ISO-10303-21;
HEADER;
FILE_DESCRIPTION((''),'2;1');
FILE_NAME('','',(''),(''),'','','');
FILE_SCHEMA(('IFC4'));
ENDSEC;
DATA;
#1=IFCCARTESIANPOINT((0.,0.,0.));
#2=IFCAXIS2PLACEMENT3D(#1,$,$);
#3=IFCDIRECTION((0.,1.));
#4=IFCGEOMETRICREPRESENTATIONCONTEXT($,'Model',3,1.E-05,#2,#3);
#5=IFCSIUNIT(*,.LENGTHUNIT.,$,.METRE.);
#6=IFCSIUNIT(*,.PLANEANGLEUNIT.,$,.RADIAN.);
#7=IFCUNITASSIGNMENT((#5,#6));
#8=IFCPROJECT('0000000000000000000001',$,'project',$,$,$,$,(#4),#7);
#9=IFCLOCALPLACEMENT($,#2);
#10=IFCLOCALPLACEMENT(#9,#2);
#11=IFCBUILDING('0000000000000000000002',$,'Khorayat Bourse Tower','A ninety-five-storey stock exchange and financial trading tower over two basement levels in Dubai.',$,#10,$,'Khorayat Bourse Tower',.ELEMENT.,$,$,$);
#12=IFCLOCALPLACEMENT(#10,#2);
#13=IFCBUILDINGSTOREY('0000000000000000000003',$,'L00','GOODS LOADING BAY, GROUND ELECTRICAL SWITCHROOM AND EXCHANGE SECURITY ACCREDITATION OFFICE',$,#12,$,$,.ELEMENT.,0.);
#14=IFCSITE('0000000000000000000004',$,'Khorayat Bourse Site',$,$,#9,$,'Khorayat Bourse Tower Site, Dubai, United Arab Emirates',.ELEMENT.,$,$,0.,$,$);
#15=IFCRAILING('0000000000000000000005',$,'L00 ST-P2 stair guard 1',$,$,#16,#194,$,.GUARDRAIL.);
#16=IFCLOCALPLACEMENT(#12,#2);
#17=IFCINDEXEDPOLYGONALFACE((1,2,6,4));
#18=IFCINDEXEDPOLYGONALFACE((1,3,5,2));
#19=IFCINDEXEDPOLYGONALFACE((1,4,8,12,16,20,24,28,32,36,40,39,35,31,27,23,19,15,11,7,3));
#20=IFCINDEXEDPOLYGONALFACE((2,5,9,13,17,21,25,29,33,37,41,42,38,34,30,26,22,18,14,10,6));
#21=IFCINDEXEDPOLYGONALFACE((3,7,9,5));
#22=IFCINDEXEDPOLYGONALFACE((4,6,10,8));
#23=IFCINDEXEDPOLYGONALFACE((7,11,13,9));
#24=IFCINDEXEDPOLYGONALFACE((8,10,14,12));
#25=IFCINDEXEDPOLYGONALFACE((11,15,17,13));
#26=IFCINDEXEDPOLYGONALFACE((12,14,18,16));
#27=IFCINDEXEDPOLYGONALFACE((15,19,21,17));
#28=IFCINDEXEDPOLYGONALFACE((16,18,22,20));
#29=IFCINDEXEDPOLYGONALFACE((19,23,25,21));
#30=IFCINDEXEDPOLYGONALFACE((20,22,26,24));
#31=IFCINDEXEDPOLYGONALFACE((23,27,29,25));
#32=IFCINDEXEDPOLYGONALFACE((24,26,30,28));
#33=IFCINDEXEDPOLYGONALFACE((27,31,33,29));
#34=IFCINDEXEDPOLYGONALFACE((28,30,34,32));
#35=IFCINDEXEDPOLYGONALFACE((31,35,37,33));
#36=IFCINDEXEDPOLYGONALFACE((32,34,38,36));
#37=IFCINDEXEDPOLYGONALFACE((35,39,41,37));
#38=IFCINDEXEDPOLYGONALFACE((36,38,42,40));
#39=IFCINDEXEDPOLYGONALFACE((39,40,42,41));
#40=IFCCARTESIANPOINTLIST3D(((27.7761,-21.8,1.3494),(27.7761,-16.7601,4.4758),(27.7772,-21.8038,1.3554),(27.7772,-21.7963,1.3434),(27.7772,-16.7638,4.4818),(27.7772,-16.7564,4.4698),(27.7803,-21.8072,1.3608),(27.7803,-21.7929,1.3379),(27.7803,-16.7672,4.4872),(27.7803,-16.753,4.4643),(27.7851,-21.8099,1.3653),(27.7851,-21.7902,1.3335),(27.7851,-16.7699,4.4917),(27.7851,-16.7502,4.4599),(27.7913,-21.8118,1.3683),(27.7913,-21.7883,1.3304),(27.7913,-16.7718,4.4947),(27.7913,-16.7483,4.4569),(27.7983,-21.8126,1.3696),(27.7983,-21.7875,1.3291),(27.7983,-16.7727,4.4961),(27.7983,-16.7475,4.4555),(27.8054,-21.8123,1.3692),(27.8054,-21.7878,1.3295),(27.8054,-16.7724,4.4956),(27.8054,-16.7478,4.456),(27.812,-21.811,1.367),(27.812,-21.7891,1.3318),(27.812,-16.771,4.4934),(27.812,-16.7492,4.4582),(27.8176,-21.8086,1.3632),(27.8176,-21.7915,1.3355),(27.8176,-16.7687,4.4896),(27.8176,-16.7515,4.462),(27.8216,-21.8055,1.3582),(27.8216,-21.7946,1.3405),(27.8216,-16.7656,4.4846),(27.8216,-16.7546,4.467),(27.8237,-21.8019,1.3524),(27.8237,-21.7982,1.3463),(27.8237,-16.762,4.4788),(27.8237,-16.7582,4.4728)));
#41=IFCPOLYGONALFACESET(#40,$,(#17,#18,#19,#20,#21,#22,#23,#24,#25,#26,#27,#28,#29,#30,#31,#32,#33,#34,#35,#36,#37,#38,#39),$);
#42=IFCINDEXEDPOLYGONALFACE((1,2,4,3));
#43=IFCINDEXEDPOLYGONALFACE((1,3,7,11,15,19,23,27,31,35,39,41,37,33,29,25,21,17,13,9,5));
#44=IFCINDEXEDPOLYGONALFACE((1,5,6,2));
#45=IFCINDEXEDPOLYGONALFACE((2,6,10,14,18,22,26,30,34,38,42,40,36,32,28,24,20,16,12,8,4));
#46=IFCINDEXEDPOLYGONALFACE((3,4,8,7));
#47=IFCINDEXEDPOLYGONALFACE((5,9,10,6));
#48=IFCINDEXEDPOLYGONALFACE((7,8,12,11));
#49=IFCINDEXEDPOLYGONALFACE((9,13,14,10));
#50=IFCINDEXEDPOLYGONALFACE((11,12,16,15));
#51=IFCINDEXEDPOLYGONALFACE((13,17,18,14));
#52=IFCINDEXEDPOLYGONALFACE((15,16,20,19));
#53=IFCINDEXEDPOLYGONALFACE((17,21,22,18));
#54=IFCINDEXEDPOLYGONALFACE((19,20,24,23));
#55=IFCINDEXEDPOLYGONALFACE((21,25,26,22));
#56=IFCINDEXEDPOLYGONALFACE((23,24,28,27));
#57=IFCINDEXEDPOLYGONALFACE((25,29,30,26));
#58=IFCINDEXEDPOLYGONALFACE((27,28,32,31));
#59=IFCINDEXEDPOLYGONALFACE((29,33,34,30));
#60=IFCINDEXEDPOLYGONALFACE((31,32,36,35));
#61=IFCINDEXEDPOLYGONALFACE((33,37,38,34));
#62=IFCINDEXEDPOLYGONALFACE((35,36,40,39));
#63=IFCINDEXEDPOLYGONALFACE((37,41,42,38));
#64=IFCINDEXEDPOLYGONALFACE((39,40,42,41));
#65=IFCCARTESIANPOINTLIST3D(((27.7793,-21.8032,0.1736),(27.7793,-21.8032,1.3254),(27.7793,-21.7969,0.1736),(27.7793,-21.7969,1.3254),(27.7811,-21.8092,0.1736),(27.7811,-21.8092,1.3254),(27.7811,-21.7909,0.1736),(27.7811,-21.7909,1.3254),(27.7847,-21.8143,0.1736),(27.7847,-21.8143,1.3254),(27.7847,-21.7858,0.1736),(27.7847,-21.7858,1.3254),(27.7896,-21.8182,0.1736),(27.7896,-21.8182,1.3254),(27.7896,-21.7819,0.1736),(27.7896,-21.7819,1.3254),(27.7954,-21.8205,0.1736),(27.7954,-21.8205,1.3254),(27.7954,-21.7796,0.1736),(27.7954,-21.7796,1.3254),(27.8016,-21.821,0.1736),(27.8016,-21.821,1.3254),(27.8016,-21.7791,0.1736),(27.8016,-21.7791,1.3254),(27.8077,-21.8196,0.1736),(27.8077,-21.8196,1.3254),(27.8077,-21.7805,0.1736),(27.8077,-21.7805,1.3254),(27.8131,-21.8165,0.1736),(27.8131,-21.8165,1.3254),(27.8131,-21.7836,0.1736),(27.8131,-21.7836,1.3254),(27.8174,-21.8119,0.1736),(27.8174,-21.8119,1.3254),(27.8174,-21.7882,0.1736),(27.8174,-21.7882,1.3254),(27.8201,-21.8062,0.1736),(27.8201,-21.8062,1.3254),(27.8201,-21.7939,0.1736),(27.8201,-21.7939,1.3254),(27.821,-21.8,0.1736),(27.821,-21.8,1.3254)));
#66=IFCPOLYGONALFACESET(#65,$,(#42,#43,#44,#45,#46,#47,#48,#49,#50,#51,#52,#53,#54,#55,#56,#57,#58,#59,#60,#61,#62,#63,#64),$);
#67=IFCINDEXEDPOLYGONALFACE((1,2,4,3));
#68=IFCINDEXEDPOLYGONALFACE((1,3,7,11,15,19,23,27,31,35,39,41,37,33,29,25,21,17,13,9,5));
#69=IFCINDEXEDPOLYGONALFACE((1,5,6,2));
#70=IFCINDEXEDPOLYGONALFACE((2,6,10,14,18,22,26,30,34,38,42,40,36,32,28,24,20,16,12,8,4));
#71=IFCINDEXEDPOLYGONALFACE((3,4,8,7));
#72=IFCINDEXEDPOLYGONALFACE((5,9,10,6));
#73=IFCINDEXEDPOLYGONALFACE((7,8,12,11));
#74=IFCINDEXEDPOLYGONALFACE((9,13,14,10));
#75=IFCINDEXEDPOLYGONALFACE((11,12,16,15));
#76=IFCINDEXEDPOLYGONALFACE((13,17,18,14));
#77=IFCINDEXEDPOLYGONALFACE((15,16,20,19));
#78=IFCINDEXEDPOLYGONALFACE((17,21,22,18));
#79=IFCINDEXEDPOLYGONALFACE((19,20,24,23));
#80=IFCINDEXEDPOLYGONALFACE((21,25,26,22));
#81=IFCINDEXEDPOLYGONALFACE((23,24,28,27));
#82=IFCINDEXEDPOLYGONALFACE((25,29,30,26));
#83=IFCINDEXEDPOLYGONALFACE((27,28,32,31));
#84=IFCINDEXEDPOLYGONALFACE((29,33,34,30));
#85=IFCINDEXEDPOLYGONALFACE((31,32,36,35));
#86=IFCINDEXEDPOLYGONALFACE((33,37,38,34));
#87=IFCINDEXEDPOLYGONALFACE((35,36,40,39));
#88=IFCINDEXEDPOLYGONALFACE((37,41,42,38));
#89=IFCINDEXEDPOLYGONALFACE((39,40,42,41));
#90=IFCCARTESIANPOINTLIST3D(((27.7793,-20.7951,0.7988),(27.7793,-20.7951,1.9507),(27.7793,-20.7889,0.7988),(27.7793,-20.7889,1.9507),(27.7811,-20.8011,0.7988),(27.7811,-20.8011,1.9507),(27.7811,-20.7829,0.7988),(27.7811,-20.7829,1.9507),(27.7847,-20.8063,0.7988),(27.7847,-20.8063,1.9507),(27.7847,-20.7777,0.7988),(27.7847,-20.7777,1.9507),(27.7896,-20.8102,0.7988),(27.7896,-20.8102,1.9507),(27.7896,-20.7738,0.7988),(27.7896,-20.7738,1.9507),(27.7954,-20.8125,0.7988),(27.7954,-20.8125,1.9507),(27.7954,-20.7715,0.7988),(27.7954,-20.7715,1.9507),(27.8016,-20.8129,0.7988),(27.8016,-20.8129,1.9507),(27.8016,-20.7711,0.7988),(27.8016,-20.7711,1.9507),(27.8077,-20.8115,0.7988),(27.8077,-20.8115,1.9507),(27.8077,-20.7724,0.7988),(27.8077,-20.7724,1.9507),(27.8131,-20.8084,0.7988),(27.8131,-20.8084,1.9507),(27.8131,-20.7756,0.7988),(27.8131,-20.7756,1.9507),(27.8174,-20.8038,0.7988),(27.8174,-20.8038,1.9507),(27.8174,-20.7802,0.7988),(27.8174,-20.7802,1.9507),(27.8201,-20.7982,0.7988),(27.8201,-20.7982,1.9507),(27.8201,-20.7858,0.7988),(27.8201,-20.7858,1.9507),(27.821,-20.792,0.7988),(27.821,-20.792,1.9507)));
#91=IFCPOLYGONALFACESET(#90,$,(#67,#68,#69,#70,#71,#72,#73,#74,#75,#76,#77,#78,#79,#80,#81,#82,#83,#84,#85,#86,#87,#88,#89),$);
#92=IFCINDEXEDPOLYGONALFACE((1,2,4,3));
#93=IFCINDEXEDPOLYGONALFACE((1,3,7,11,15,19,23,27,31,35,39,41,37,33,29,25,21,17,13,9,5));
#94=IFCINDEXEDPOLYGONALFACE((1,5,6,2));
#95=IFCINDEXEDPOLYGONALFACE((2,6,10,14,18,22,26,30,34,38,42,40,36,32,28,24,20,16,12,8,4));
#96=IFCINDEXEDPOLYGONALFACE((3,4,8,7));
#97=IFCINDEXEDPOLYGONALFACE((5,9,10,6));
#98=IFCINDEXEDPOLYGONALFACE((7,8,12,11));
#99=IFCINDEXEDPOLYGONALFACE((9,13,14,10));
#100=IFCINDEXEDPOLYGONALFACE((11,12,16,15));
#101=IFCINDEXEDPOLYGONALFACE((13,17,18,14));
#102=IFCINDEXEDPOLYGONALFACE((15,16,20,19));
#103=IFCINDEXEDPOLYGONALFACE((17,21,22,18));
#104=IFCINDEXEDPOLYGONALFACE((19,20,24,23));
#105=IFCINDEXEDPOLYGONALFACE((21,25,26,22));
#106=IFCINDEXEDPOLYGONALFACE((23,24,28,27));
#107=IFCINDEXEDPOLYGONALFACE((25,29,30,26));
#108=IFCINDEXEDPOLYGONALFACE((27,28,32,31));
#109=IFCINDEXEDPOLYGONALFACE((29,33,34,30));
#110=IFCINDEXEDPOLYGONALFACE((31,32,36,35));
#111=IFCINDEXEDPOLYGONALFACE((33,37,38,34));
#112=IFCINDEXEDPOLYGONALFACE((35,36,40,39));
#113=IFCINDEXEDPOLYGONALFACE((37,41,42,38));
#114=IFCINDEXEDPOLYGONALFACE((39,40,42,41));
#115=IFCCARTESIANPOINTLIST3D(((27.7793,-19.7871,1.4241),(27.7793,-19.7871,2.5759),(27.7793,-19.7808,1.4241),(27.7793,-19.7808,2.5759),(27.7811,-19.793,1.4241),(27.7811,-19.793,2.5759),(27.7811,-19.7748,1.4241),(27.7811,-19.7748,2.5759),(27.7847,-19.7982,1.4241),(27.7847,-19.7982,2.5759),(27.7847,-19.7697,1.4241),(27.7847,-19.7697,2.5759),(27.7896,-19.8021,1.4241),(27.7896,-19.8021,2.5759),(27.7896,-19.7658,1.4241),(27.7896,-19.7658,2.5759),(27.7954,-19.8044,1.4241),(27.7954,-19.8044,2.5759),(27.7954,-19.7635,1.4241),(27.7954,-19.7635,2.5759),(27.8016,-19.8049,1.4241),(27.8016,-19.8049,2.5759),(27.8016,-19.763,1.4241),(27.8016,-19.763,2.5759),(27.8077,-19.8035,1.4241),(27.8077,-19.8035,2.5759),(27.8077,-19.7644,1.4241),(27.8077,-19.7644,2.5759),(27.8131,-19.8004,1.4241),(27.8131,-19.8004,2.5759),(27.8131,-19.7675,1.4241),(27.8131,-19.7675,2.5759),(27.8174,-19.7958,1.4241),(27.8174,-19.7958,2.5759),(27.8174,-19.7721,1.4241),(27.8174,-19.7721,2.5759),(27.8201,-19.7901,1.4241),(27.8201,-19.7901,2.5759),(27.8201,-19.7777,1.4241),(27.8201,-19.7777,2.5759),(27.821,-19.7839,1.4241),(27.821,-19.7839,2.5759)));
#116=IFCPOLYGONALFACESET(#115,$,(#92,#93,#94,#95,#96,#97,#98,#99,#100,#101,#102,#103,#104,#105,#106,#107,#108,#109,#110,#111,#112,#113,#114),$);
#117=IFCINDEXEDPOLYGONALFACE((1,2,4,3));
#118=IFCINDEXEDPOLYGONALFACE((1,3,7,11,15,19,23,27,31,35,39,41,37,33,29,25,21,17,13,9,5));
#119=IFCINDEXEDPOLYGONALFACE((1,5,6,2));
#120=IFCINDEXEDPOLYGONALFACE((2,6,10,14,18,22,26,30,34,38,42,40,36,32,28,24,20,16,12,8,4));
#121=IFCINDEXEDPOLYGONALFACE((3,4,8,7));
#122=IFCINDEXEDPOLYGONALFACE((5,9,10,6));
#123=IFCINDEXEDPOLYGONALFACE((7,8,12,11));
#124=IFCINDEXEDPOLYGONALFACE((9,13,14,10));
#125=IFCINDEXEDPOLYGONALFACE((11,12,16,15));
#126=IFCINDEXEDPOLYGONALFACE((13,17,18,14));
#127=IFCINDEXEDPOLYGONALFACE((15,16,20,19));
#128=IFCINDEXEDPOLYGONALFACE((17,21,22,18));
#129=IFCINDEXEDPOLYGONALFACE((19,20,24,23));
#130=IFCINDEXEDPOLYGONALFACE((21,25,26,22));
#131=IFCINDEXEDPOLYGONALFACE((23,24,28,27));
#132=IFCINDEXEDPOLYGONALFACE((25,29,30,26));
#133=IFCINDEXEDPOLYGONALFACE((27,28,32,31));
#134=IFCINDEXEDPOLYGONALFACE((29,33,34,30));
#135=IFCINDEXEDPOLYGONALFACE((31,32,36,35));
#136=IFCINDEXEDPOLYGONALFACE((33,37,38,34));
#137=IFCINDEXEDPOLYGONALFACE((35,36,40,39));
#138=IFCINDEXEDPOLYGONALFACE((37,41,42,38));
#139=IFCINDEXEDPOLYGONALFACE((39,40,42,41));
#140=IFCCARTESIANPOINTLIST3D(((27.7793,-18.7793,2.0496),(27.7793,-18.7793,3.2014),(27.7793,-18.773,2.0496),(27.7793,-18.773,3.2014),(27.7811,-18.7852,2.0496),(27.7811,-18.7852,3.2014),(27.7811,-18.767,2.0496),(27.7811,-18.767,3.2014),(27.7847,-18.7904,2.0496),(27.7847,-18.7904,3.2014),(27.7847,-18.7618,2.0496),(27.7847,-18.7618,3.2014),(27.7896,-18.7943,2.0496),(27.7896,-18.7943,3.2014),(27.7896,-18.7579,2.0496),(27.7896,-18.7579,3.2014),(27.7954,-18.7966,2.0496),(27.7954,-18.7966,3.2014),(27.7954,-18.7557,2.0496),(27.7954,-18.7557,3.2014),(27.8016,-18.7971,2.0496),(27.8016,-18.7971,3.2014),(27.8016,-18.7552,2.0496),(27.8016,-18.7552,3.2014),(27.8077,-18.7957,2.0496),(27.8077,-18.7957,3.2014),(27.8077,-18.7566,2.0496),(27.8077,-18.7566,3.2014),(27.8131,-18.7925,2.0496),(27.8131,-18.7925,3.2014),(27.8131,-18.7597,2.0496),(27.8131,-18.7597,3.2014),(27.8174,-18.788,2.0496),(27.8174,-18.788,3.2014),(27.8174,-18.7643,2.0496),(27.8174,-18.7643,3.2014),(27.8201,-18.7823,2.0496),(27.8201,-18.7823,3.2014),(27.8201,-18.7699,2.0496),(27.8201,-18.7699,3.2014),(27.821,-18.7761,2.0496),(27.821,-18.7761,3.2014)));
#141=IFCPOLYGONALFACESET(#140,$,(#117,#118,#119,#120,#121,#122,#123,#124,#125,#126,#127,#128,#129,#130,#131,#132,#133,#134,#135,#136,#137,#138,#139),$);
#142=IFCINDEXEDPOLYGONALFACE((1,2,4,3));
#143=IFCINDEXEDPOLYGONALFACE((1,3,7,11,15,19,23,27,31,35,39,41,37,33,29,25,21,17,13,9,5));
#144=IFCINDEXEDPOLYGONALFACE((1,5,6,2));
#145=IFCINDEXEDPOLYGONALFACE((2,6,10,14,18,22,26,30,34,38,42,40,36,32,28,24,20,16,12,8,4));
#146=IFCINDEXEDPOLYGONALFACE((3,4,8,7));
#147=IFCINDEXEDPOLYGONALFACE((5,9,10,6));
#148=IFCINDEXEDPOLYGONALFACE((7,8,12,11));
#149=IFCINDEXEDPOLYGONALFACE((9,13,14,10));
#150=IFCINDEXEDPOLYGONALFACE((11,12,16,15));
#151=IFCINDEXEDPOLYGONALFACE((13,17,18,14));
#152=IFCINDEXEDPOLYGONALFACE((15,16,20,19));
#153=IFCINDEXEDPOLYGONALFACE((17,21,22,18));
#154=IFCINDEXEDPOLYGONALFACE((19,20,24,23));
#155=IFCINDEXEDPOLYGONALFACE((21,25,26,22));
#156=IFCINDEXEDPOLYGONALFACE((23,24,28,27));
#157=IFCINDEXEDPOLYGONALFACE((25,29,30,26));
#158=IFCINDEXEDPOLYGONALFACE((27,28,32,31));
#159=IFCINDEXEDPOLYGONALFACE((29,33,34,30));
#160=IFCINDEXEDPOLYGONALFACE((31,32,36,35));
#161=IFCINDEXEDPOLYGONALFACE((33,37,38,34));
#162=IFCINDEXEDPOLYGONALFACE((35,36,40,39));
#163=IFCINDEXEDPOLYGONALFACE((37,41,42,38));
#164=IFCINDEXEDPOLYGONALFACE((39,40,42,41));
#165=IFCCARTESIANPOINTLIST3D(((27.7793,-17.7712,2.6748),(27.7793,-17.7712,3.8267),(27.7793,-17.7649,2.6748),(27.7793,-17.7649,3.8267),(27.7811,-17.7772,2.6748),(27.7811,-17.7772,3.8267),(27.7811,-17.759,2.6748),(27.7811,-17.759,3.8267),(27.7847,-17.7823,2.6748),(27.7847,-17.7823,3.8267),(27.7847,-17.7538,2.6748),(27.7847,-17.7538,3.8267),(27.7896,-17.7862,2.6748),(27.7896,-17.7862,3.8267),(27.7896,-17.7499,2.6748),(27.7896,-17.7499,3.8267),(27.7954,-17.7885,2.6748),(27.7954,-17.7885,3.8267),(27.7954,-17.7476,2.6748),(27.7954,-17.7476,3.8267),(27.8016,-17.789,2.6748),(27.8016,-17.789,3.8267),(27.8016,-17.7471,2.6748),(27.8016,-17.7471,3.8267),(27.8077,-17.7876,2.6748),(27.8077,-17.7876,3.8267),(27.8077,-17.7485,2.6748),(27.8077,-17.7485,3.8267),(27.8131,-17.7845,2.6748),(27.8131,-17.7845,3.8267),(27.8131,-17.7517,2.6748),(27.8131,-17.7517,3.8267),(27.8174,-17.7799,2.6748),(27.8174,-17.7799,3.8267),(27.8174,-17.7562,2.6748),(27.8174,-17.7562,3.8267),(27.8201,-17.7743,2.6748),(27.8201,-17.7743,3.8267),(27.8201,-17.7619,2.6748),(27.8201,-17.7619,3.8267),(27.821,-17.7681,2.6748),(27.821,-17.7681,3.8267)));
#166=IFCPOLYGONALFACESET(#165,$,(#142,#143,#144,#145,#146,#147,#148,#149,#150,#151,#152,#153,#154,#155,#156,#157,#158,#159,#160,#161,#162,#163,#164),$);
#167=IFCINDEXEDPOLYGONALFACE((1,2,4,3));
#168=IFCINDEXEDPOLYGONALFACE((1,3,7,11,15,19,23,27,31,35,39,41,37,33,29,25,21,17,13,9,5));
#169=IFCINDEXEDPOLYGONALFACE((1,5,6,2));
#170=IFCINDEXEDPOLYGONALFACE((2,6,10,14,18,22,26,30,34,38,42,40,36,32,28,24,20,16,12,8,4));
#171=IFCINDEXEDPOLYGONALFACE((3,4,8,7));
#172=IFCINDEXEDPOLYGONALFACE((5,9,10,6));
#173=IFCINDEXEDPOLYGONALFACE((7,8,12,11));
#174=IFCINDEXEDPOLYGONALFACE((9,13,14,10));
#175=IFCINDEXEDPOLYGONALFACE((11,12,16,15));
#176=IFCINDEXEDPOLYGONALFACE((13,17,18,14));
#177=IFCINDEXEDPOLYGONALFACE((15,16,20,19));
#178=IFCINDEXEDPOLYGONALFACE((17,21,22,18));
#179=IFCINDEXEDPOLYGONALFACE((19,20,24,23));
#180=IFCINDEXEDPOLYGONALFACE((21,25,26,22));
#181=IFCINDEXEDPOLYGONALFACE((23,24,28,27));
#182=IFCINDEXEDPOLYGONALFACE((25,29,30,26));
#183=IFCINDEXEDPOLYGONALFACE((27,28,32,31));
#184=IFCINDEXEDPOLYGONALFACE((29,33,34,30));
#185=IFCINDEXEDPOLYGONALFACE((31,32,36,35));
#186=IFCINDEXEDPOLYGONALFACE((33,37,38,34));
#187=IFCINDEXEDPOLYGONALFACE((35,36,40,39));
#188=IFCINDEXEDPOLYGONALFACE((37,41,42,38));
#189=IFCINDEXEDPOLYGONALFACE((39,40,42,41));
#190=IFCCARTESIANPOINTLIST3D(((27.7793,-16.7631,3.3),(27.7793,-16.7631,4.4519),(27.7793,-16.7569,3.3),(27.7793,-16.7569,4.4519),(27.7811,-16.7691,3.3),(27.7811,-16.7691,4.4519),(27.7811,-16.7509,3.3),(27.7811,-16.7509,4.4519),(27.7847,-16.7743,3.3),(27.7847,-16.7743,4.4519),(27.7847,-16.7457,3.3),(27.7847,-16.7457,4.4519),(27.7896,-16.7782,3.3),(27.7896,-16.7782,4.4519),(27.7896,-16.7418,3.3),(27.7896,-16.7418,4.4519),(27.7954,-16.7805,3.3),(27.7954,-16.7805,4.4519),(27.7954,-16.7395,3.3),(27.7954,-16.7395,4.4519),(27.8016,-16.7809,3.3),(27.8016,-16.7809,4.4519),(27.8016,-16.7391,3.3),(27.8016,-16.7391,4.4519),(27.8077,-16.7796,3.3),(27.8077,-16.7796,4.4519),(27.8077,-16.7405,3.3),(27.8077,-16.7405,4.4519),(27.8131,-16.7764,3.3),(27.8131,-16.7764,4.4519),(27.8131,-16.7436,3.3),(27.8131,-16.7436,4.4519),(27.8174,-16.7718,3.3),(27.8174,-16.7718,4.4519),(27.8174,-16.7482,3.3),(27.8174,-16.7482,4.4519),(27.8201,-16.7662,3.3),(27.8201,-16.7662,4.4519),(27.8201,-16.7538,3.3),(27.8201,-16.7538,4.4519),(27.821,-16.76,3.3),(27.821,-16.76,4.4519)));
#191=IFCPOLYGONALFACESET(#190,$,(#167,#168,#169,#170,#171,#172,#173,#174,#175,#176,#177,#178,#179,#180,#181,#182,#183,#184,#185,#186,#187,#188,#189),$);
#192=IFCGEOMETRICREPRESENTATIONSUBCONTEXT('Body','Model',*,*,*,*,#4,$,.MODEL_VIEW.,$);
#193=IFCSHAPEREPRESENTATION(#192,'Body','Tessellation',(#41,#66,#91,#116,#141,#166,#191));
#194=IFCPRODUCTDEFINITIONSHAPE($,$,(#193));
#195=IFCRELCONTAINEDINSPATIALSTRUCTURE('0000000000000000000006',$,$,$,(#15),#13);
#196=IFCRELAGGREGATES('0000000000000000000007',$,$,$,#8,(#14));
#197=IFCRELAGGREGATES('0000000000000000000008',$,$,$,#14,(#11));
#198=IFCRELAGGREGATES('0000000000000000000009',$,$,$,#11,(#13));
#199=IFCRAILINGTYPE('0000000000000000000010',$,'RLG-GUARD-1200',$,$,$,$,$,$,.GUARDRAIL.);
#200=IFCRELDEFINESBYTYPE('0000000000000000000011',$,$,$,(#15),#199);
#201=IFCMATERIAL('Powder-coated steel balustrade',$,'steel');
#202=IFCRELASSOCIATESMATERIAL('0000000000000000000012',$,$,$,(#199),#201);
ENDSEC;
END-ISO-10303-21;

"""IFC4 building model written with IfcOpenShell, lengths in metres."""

from ifc_helpers import new_model, si_unit, direction, frame, origin, origin_2d, place, context, subcontext, project, spatial, circle, extrude, source, transform, mapped, material, type_object, element, save


model = new_model("IFC4")

# Units and contexts
model_context = context("Model", 3, precision=1e-05, world=origin(), true_north=direction((0.0, 1.0)))
body_context = subcontext(model_context, "Body", "Model", "MODEL_VIEW")
ifc_project = project(units=[si_unit("LENGTHUNIT", "METRE"), si_unit("PLANEANGLEUNIT", "RADIAN")], contexts=[model_context])

# Site, building, storey
site_placement = place(None, origin())
site = spatial("IfcSite", under=ifc_project, at=site_placement, Name="Khorayat Bourse Site", LongName="Khorayat Bourse Tower Site, Dubai, United Arab Emirates", CompositionType="ELEMENT", RefElevation=0.0)
building_placement = place(site_placement, origin())
building = spatial("IfcBuilding", under=site, at=building_placement, Name="Khorayat Bourse Tower", Description="A ninety-five-storey stock exchange and financial trading tower over two basement levels in Dubai.", LongName="Khorayat Bourse Tower", CompositionType="ELEMENT")
storey_placement = place(building_placement, origin())
storey = spatial("IfcBuildingStorey", under=building, at=storey_placement, Name="L00", Description="GOODS LOADING BAY, GROUND ELECTRICAL SWITCHROOM AND EXCHANGE SECURITY ACCREDITATION OFFICE", CompositionType="ELEMENT", Elevation=0.0)

# Railing
ifc_material_1 = material(Name="Powder-coated steel balustrade", Category="steel")
railing_type_1 = type_object("IfcRailingType", Name="RLG-GUARD-1200", PredefinedType="GUARDRAIL", material=ifc_material_1)
shared_shape_1 = source(origin(), body_context, "Body", "SweptSolid", [
    extrude(circle(Radius=0.0239, at=origin_2d()), frame((0.0, 0.0, 1.1758), z_axis=(0.0, 0.849779, 0.527139), x_axis=(-1.0, 0.0, 0.0)), (0.0, 0.0, 1.0), 5.9309),
    extrude(circle(Radius=0.021, at=origin_2d()), origin(), (0.0, 0.0, 1.0), 1.1519),
    extrude(circle(Radius=0.021, at=origin_2d()), frame((0.0, 1.0081, 0.6252)), (0.0, 0.0, 1.0), 1.1519),
    extrude(circle(Radius=0.021, at=origin_2d()), frame((0.0, 2.0161, 1.2505)), (0.0, 0.0, 1.0), 1.1519),
    extrude(circle(Radius=0.021, at=origin_2d()), frame((0.0, 3.0239, 1.876)), (0.0, 0.0, 1.0), 1.1519),
    extrude(circle(Radius=0.021, at=origin_2d()), frame((0.0, 4.032, 2.5012)), (0.0, 0.0, 1.0), 1.1519),
    extrude(circle(Radius=0.021, at=origin_2d()), frame((0.0, 5.04, 3.1265)), (0.0, 0.0, 1.0), 1.1519),
])
railing_1_placement = place(storey_placement, frame((27.8, -21.8, 0.1736)))
element("IfcRailing", 1, at=railing_1_placement, inside=storey, type_object=railing_type_1, Name="L00 ST-P2 stair guard 1", PredefinedType="GUARDRAIL", context=body_context, shape_type="MappedRepresentation", body=[
    mapped(shared_shape_1, transform((0.0, 0.0, 0.0), scale=1.0)),
])

save(model, "model.ifc")
